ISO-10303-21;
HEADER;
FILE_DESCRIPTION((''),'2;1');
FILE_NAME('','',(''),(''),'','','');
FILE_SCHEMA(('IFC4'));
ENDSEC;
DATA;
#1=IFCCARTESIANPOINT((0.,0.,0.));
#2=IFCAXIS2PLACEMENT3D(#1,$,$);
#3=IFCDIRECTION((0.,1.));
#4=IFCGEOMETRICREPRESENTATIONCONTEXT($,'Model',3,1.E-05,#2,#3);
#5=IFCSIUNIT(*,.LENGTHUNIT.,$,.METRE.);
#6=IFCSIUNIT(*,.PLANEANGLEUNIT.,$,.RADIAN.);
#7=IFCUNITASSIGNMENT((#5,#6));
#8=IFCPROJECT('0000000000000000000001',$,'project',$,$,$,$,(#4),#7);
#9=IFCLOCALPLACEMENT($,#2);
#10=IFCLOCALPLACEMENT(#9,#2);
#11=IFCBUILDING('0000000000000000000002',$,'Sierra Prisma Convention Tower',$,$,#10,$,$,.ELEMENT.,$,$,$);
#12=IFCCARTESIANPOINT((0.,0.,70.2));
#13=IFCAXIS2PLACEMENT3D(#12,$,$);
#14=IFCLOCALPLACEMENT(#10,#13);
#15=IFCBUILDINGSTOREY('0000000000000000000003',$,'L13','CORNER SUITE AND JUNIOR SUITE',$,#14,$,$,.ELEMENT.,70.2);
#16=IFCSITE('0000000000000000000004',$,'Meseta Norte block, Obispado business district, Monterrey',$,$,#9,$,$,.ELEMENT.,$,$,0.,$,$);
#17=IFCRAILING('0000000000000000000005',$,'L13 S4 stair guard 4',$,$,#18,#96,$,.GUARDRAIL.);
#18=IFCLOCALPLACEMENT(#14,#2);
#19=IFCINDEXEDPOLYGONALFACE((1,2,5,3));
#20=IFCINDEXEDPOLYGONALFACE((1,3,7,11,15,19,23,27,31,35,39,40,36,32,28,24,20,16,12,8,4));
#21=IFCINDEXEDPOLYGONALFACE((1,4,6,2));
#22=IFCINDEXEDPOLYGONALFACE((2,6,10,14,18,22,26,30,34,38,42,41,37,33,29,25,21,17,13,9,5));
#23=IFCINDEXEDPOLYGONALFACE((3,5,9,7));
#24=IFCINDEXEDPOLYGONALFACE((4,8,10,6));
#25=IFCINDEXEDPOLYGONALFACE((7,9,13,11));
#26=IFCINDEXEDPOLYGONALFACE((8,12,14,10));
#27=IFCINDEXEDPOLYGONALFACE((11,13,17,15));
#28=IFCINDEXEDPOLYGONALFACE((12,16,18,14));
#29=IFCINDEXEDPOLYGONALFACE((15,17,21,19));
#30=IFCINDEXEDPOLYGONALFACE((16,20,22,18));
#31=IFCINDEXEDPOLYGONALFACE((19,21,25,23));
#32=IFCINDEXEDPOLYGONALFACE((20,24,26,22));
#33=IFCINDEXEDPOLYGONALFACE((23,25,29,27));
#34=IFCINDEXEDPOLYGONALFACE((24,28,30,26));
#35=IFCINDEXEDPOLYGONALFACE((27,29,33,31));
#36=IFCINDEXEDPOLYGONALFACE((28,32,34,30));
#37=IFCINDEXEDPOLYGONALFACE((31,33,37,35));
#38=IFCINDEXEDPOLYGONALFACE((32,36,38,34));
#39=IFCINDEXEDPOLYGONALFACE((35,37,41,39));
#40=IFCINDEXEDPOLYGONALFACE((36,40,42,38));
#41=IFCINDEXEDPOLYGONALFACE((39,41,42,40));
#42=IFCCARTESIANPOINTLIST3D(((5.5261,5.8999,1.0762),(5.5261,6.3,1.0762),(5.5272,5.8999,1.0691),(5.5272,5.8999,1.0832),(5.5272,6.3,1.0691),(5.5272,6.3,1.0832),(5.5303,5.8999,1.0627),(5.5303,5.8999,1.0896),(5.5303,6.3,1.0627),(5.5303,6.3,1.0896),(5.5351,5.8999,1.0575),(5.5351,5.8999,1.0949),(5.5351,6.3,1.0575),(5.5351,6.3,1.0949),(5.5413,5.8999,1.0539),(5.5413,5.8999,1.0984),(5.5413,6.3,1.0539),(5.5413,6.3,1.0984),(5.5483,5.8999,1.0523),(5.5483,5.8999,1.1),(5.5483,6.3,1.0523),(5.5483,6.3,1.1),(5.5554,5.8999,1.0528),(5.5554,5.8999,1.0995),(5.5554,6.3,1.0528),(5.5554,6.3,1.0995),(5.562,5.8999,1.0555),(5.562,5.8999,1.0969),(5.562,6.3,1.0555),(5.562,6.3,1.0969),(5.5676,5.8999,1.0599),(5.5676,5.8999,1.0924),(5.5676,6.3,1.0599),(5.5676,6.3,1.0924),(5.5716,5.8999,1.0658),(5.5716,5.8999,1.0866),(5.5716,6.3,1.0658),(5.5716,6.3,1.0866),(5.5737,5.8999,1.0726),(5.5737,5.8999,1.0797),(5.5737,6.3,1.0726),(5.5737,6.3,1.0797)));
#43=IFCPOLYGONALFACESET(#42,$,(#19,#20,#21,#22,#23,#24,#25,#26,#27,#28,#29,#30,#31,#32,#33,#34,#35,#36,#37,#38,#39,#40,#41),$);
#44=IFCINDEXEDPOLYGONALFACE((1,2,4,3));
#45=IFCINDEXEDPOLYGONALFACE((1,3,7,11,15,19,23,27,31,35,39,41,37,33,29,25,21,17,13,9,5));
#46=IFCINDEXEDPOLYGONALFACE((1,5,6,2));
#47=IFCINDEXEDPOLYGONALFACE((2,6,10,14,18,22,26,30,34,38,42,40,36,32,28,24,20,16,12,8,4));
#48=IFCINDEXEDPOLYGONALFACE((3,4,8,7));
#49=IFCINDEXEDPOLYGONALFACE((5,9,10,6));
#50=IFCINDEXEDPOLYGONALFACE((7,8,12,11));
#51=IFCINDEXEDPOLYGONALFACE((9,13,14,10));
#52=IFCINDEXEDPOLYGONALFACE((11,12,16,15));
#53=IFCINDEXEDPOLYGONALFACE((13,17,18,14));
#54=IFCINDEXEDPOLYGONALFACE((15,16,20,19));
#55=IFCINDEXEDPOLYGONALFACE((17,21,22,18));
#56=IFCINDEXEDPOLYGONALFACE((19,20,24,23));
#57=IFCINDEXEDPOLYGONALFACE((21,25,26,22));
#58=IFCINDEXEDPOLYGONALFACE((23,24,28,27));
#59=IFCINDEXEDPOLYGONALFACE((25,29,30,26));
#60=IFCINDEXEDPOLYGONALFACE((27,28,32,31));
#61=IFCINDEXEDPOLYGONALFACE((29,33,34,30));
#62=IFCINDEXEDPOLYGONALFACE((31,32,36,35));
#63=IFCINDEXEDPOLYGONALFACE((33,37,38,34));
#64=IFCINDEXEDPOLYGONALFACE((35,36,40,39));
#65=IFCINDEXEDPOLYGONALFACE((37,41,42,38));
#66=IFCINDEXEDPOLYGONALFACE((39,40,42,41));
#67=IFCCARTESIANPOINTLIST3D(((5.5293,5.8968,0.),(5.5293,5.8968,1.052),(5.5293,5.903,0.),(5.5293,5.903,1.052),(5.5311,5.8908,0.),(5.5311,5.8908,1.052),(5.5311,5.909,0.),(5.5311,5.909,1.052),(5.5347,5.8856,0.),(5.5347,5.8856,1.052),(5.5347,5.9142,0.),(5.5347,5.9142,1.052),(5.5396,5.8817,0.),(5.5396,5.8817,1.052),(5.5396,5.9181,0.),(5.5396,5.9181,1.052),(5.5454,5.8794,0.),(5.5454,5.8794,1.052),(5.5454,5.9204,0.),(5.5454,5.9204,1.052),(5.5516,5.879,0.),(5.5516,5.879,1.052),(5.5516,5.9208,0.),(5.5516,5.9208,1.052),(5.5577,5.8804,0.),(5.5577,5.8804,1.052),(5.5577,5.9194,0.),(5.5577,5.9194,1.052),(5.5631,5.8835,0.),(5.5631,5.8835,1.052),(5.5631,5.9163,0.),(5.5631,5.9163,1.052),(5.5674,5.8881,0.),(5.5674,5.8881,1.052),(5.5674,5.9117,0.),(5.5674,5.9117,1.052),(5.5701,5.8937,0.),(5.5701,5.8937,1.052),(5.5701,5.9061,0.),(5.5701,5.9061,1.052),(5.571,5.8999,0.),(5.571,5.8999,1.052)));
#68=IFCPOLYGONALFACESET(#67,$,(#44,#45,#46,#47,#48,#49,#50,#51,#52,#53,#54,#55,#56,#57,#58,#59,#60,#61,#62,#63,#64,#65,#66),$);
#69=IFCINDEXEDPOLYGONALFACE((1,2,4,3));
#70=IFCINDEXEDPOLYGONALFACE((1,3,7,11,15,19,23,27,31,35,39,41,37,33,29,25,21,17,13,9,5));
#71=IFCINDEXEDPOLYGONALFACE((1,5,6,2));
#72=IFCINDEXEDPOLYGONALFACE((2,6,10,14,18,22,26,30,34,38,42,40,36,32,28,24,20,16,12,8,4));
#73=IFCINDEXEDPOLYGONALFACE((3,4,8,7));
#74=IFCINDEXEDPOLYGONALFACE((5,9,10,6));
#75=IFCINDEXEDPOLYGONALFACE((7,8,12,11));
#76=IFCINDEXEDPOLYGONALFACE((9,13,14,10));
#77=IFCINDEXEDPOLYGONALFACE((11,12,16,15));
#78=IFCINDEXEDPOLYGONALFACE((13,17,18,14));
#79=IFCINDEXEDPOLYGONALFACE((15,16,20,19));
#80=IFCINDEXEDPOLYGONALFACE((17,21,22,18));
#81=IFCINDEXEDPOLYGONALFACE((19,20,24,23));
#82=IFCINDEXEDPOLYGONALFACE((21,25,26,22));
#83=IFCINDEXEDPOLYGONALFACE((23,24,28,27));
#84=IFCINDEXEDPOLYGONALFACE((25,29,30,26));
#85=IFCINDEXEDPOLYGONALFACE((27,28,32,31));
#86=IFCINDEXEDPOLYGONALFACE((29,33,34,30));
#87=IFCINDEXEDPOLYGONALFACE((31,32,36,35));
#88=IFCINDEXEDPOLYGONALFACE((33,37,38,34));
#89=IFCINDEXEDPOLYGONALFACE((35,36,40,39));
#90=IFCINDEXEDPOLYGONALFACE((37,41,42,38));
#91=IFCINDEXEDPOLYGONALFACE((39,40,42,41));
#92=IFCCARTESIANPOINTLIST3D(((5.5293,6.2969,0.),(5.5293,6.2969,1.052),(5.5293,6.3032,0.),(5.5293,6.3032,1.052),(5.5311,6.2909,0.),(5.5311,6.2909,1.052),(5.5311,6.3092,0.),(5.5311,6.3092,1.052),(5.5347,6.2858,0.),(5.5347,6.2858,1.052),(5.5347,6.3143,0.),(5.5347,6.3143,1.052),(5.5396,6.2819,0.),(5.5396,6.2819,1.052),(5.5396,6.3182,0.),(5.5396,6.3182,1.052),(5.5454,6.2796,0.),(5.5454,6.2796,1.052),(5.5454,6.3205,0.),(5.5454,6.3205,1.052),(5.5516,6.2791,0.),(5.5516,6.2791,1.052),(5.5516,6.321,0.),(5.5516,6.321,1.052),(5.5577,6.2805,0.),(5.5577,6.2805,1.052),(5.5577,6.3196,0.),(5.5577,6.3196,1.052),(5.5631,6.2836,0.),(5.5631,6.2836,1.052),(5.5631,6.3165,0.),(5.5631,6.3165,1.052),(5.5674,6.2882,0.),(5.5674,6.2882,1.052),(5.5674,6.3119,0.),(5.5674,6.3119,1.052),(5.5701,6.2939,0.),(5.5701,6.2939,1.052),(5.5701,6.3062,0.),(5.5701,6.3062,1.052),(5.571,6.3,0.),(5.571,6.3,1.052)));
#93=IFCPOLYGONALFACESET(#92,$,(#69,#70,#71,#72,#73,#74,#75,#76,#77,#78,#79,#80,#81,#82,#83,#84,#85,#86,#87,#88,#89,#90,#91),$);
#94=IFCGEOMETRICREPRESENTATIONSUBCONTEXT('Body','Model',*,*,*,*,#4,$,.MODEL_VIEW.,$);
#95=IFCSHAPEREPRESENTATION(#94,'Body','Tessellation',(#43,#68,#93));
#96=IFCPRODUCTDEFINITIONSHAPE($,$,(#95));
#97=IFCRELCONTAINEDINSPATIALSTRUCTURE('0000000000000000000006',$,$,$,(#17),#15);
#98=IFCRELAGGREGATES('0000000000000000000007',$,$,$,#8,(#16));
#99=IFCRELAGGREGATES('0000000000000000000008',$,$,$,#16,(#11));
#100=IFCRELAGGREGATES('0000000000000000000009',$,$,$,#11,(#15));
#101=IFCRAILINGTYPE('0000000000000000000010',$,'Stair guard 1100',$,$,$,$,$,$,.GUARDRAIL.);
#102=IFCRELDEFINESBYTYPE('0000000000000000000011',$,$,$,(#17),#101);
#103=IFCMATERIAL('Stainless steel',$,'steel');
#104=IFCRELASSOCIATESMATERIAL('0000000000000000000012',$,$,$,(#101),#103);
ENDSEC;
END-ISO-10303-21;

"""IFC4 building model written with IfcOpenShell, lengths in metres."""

from ifc_helpers import new_model, si_unit, direction, frame, origin, origin_2d, place, context, subcontext, project, spatial, circle, extrude, material, type_object, element, save


model = new_model("IFC4")

# Units and contexts
model_context = context("Model", 3, precision=1e-05, world=origin(), true_north=direction((0.0, 1.0)))
body_context = subcontext(model_context, "Body", "Model", "MODEL_VIEW")
ifc_project = project(units=[si_unit("LENGTHUNIT", "METRE"), si_unit("PLANEANGLEUNIT", "RADIAN")], contexts=[model_context])

# Site, building, storey
site_placement = place(None, origin())
site = spatial("IfcSite", under=ifc_project, at=site_placement, Name="Meseta Norte block, Obispado business district, Monterrey", CompositionType="ELEMENT", RefElevation=0.0)
building_placement = place(site_placement, origin())
building = spatial("IfcBuilding", under=site, at=building_placement, Name="Sierra Prisma Convention Tower", CompositionType="ELEMENT")
storey_placement = place(building_placement, frame((0.0, 0.0, 70.2)))
storey = spatial("IfcBuildingStorey", under=building, at=storey_placement, Name="L13", Description="CORNER SUITE AND JUNIOR SUITE", CompositionType="ELEMENT", Elevation=70.2)

# Railing
ifc_material_1 = material(Name="Stainless steel", Category="steel")
railing_type_1 = type_object("IfcRailingType", Name="Stair guard 1100", PredefinedType="GUARDRAIL", material=ifc_material_1)
railing_1_placement = place(storey_placement, frame((5.55, 5.8999, 0.0)))
element("IfcRailing", 1, at=railing_1_placement, inside=storey, type_object=railing_type_1, Name="L13 S4 stair guard 4", PredefinedType="GUARDRAIL", context=body_context, shape_type="SweptSolid", body=[
    extrude(circle(Radius=0.0239, at=origin_2d()), frame((0.0, 0.0, 1.0762), z_axis=(0.0, 1.0, 0.0), x_axis=(-1.0, 0.0, 0.0)), (0.0, 0.0, 1.0), 0.4001),
    extrude(circle(Radius=0.021, at=origin_2d()), origin(), (0.0, 0.0, 1.0), 1.052),
    extrude(circle(Radius=0.021, at=origin_2d()), frame((0.0, 0.4001, 0.0)), (0.0, 0.0, 1.0), 1.052),
])

save(model, "model.ifc")
